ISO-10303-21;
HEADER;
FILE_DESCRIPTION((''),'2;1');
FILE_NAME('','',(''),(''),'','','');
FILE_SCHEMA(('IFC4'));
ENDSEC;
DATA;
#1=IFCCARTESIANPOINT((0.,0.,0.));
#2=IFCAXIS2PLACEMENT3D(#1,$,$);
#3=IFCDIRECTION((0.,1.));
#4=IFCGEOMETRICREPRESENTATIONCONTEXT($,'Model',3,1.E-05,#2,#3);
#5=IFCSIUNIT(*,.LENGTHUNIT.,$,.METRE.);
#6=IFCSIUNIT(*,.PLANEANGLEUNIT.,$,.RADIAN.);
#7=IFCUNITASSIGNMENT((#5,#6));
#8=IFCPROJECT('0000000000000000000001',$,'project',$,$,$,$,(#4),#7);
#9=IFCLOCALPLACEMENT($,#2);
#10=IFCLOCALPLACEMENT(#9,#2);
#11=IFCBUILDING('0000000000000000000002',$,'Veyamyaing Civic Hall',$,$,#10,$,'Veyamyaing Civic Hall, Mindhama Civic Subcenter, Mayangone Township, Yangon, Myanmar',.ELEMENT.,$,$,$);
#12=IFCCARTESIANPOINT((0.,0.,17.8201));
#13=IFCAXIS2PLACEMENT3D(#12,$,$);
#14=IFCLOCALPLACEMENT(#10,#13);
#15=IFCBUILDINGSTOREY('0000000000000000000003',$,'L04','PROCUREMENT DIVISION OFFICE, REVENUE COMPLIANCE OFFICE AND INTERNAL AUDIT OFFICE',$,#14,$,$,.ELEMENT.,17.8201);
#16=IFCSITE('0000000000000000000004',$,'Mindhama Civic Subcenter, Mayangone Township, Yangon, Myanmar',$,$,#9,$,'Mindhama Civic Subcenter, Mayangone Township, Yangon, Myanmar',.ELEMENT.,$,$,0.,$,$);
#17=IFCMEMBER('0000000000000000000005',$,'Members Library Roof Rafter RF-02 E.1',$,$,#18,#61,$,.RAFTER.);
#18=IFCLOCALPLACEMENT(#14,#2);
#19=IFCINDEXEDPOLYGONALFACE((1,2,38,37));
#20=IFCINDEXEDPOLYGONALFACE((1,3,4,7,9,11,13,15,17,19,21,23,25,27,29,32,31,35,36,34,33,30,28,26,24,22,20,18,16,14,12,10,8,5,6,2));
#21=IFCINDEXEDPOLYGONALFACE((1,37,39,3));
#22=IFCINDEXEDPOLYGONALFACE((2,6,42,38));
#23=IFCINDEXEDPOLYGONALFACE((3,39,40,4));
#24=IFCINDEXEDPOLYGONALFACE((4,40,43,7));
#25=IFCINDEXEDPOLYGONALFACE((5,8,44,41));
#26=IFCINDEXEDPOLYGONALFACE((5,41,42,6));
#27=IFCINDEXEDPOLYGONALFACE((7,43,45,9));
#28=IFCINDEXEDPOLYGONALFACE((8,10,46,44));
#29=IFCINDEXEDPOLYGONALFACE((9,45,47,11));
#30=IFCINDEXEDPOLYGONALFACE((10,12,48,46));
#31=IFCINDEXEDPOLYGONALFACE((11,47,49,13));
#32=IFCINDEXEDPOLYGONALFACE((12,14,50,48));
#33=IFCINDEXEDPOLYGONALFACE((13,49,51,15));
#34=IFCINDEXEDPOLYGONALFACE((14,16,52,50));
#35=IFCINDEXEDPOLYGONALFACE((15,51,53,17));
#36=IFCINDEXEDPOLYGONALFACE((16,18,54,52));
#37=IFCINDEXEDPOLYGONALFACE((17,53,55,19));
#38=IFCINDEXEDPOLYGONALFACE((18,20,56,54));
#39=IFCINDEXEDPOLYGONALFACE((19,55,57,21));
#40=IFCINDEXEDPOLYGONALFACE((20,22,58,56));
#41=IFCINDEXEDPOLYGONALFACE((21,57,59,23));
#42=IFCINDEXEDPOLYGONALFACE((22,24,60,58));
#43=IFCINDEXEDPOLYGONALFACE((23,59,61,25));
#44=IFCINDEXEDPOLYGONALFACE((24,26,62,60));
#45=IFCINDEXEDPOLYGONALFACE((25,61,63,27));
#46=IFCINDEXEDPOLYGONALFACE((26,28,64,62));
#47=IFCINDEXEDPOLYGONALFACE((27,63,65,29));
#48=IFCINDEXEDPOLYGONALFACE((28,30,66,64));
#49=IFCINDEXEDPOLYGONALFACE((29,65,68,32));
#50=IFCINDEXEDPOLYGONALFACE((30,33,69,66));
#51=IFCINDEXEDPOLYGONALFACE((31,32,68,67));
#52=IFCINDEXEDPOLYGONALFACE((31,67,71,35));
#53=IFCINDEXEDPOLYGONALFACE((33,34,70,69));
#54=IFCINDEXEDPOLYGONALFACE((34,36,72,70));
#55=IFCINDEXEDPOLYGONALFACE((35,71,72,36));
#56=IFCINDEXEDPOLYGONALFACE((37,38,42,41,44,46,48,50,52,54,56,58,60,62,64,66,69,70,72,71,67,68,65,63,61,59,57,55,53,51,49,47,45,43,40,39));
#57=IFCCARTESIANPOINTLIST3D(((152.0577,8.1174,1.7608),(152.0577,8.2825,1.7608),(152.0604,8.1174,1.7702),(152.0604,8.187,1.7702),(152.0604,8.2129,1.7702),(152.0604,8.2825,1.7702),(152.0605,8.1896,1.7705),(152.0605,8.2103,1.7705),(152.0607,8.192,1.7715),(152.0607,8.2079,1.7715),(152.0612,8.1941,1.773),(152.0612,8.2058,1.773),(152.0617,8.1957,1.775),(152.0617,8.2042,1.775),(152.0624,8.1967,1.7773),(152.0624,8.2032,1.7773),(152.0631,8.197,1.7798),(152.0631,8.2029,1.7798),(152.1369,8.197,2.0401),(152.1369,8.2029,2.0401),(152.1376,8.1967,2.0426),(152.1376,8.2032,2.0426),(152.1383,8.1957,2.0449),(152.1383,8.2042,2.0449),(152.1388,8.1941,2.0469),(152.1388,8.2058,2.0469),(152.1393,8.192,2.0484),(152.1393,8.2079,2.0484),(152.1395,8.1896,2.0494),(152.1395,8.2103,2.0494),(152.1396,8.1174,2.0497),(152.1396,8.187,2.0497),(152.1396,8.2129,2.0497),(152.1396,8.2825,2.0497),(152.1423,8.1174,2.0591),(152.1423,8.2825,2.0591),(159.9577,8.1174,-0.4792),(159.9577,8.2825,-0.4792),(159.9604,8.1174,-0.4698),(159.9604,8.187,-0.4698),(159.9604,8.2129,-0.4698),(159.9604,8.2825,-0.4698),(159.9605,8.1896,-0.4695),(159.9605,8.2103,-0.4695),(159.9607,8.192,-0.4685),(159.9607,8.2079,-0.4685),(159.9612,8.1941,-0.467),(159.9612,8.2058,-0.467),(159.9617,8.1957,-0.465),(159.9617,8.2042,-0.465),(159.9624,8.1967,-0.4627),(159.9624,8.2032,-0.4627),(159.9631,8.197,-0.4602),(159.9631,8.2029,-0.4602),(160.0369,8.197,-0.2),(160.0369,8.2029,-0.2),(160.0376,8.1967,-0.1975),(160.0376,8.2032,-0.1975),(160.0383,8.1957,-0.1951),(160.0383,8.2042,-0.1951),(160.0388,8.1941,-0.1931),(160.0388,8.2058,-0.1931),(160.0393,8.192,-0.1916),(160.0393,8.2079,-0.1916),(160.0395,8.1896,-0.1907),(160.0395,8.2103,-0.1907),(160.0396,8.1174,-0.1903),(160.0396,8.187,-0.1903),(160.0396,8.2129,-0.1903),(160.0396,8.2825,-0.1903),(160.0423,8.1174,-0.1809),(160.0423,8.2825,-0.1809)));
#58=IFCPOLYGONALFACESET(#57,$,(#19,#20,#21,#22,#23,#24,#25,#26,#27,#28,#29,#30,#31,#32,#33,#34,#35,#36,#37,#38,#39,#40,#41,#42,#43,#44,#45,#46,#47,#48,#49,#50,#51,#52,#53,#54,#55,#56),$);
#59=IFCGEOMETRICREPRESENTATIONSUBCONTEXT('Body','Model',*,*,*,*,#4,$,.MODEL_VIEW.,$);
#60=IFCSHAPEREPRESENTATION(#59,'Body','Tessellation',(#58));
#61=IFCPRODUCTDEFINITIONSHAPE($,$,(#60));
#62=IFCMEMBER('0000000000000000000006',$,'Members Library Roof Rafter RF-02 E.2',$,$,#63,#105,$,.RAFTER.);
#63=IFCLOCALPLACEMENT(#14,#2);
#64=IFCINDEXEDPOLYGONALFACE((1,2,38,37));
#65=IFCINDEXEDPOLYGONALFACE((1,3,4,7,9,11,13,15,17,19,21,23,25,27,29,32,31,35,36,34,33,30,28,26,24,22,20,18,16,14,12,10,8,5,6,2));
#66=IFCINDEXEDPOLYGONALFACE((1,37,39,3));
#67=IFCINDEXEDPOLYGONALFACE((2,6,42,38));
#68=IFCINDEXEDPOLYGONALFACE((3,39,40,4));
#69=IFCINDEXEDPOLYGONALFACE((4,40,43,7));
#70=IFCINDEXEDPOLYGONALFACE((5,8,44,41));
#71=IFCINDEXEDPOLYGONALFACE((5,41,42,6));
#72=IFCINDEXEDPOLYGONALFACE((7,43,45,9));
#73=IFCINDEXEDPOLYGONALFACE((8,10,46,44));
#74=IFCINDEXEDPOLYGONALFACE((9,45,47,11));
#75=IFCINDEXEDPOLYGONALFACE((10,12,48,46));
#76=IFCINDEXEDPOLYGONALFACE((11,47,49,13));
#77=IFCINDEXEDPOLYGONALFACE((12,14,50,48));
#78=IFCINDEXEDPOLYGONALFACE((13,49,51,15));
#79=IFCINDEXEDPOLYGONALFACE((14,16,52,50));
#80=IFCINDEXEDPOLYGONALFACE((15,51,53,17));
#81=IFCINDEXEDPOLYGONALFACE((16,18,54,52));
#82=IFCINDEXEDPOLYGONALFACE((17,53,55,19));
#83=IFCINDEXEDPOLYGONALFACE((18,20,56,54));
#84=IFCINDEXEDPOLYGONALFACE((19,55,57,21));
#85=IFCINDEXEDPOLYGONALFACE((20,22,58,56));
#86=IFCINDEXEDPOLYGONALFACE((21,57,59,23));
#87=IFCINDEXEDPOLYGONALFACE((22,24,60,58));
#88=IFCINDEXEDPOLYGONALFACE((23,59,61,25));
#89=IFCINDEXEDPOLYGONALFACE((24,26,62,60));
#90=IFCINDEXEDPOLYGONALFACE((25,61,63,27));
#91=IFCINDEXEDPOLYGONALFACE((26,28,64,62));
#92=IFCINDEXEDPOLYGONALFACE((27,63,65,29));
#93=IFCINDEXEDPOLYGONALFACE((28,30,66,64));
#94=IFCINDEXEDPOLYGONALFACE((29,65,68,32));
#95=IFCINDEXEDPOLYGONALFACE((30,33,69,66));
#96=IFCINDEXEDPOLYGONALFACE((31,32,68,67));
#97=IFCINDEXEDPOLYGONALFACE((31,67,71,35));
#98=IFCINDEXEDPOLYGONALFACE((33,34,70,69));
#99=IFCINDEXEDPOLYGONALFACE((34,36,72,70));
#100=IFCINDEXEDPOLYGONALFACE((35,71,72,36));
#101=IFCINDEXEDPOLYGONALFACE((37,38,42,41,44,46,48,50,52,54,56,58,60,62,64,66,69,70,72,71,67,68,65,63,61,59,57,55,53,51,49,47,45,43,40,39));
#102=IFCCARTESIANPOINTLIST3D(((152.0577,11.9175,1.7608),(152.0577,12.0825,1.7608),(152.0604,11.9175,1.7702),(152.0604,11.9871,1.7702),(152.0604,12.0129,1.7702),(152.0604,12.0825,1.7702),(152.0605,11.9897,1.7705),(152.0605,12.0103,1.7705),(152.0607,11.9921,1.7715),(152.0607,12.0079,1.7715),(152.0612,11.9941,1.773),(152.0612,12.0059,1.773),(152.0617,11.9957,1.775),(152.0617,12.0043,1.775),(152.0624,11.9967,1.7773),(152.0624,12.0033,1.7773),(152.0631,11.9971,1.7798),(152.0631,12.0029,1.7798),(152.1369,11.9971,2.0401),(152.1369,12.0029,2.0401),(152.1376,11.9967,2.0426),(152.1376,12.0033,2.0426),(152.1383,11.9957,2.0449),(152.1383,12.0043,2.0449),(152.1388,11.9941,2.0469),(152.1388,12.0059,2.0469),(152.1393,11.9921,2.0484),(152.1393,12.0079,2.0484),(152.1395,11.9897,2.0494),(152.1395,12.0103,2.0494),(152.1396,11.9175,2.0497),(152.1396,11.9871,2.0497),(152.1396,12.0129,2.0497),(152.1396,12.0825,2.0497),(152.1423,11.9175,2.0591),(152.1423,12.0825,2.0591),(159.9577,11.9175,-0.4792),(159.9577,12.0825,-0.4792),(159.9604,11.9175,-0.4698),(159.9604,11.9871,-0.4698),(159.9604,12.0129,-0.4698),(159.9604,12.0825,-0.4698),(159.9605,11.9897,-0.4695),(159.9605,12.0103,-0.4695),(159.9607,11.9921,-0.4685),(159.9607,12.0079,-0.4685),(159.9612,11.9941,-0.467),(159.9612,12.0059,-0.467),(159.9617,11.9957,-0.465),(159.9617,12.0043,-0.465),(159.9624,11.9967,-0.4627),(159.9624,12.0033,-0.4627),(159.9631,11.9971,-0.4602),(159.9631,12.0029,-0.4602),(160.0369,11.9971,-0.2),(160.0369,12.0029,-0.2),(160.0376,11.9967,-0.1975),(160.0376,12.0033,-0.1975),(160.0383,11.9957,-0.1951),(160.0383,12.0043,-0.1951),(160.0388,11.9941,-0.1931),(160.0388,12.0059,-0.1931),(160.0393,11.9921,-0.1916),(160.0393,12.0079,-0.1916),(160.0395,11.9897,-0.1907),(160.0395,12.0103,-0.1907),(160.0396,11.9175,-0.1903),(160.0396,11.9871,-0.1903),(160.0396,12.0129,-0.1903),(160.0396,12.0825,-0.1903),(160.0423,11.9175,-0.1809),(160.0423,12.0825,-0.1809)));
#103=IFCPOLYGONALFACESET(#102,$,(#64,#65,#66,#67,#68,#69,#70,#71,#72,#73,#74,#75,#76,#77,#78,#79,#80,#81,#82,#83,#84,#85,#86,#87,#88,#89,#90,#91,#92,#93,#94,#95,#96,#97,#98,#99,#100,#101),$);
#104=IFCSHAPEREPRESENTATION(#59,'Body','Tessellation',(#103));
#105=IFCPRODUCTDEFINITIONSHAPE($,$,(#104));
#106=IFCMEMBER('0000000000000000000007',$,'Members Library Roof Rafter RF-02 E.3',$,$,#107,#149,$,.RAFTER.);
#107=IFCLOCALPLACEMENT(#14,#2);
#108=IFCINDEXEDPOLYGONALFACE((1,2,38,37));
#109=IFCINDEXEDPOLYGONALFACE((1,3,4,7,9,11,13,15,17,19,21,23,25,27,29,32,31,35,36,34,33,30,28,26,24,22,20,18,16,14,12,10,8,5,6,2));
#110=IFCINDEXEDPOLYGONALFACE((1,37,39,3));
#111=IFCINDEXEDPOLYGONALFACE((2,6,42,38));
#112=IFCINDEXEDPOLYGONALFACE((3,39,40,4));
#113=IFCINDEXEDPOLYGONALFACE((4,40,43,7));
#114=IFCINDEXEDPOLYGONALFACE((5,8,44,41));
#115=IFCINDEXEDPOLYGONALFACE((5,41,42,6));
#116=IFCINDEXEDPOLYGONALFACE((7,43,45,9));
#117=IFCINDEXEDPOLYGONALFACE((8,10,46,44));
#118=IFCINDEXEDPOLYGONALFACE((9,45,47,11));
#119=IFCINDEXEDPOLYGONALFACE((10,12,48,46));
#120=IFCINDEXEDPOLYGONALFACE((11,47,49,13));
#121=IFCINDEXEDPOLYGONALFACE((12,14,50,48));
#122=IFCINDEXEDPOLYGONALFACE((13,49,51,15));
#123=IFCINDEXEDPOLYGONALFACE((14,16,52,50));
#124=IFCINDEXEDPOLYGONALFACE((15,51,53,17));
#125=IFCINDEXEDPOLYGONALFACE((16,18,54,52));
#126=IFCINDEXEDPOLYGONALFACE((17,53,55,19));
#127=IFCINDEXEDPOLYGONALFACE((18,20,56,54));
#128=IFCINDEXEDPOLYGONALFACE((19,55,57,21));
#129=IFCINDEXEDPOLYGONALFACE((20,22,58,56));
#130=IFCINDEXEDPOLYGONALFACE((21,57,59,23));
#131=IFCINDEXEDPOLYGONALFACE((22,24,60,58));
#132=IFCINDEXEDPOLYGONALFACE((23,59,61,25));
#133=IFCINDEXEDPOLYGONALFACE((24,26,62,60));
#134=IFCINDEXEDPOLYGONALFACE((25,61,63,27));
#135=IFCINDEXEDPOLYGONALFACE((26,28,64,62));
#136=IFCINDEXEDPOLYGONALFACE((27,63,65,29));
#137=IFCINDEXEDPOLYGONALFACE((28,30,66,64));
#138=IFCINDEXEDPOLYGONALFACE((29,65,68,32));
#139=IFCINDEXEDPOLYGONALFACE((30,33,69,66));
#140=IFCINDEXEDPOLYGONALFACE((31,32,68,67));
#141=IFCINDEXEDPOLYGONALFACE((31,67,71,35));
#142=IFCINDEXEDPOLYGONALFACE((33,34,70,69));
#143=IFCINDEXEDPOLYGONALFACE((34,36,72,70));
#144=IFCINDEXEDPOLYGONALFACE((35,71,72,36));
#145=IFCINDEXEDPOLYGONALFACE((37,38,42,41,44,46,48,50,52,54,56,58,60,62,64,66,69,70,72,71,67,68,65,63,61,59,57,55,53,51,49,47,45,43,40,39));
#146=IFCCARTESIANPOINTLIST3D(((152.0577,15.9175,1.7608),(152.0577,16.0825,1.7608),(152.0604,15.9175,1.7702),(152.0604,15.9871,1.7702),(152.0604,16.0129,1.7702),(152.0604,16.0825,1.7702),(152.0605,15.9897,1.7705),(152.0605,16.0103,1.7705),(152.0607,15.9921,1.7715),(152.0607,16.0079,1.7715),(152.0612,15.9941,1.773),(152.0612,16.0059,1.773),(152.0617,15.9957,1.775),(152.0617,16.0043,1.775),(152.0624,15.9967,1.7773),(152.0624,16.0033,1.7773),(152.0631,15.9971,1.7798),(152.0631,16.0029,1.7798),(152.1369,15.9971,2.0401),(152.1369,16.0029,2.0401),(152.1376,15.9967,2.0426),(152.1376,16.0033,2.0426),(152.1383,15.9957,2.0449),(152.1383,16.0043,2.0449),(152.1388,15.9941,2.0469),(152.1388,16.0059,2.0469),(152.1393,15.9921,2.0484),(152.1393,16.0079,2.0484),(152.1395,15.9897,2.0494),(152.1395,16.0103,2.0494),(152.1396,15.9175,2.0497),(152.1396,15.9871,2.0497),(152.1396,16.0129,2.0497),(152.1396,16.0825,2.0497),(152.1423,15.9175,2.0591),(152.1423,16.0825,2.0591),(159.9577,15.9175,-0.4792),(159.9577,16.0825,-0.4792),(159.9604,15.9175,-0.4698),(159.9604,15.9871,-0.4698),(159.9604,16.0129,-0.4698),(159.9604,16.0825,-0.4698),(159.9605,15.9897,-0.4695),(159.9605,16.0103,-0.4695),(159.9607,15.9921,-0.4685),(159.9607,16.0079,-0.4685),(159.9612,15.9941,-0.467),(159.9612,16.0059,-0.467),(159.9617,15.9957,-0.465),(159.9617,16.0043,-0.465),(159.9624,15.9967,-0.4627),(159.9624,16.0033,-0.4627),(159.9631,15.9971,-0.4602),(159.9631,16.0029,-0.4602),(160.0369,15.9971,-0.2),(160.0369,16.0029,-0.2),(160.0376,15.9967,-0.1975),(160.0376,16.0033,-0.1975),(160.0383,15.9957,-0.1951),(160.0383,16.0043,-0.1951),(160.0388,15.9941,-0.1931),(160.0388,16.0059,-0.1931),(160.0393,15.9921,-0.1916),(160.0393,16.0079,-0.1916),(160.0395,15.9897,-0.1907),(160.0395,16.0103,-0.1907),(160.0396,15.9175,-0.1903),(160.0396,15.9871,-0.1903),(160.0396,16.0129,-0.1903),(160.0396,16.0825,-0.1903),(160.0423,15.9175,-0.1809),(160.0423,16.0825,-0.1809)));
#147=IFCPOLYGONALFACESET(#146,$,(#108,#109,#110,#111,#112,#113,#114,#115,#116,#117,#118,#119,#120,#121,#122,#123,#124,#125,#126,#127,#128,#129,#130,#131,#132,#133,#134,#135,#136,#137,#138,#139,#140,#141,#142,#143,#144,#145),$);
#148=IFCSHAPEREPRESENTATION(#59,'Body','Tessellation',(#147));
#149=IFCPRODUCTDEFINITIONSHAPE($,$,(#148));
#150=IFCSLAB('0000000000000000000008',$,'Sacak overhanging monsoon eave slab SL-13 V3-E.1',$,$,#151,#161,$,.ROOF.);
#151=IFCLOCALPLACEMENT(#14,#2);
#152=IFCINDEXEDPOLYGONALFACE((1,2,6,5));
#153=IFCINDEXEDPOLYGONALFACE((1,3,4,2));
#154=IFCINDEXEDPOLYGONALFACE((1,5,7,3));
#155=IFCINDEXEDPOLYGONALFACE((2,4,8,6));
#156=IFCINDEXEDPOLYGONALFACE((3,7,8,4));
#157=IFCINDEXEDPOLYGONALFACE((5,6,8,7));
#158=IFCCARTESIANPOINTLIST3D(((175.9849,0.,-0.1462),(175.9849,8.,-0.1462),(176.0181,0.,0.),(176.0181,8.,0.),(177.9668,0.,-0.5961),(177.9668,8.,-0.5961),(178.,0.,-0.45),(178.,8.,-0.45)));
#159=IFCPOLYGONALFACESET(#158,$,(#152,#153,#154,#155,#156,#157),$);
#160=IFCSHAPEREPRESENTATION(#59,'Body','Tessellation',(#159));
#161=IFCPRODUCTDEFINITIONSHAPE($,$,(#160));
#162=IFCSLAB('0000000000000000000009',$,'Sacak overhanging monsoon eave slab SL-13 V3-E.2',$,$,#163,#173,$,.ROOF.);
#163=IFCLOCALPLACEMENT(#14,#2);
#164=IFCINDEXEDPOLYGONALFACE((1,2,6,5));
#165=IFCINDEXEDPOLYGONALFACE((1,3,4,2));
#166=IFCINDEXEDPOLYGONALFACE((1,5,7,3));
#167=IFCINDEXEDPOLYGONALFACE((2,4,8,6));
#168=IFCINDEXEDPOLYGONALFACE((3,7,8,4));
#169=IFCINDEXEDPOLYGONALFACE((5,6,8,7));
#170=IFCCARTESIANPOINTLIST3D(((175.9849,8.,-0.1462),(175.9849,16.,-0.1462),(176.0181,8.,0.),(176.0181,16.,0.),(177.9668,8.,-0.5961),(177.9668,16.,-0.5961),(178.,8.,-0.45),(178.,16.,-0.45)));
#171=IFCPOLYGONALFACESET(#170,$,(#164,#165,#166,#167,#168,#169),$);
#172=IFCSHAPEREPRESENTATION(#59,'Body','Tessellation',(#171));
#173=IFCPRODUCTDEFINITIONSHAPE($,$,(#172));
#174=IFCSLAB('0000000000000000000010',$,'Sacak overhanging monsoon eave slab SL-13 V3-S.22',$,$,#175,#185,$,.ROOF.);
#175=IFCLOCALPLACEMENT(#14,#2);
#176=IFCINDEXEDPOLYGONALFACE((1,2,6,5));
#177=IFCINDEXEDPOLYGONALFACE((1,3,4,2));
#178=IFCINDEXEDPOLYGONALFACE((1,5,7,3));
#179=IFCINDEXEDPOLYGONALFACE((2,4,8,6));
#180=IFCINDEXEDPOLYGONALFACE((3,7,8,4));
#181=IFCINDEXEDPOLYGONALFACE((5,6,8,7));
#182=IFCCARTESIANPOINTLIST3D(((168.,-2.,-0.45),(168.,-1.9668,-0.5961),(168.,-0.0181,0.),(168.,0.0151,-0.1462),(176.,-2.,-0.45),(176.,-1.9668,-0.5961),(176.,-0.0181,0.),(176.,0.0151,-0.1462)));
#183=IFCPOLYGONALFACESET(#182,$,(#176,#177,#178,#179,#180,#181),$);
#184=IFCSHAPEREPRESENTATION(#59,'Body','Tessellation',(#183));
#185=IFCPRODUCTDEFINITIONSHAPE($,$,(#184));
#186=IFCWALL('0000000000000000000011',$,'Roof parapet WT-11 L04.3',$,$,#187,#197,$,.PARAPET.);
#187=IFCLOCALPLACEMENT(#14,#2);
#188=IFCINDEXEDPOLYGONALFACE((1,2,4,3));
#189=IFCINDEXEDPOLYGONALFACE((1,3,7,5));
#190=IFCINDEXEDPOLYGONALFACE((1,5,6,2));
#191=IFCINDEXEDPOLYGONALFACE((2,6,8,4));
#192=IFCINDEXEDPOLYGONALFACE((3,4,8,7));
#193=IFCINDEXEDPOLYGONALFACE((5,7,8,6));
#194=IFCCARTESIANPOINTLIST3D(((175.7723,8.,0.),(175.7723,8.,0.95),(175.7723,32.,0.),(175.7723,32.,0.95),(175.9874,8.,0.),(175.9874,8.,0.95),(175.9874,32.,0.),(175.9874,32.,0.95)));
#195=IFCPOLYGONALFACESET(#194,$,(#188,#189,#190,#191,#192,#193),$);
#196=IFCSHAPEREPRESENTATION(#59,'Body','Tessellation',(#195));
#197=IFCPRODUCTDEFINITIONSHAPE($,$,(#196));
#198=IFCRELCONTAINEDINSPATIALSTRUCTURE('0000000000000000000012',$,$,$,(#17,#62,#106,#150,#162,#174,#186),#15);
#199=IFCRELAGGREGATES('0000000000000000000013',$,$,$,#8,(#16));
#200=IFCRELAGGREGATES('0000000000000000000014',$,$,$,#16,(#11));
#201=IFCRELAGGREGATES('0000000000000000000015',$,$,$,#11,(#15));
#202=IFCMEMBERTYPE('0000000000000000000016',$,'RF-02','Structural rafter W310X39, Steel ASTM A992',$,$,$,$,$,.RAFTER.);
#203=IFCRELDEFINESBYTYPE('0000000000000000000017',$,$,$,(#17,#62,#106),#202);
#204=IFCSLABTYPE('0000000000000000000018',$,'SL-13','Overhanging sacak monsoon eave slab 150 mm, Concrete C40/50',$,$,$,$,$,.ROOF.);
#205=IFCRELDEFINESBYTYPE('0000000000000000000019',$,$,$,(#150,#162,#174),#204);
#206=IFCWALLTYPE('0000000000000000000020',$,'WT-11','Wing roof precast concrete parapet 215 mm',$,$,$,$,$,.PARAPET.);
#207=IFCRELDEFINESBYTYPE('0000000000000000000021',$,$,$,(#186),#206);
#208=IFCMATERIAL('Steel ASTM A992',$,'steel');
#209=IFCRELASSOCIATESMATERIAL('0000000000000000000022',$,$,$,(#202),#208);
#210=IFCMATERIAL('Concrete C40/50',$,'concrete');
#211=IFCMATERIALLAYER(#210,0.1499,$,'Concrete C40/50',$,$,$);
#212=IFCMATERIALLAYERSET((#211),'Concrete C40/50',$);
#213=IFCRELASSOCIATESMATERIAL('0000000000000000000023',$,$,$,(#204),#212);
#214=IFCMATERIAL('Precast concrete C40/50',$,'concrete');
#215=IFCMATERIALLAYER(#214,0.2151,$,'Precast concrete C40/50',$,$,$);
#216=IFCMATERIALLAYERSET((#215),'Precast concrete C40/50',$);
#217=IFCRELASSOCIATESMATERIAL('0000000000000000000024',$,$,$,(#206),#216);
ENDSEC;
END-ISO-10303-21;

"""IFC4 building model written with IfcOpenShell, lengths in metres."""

from ifc_helpers import new_model, si_unit, direction, frame, frame_2d, origin, origin_2d, place, context, subcontext, project, spatial, polyline, rectangle, i_section, outline, extrude, material, layer, layer_set, material_profile, profile_set, type_object, element, save


model = new_model("IFC4")

# Units and contexts
model_context = context("Model", 3, precision=1e-05, world=origin(), true_north=direction((0.0, 1.0)))
body_context = subcontext(model_context, "Body", "Model", "MODEL_VIEW")
ifc_project = project(units=[si_unit("LENGTHUNIT", "METRE"), si_unit("PLANEANGLEUNIT", "RADIAN")], contexts=[model_context])

# Site, building, storey
site_placement = place(None, origin())
site = spatial("IfcSite", under=ifc_project, at=site_placement, Name="Mindhama Civic Subcenter, Mayangone Township, Yangon, Myanmar", LongName="Mindhama Civic Subcenter, Mayangone Township, Yangon, Myanmar", CompositionType="ELEMENT", RefElevation=0.0)
building_placement = place(site_placement, origin())
building = spatial("IfcBuilding", under=site, at=building_placement, Name="Veyamyaing Civic Hall", LongName="Veyamyaing Civic Hall, Mindhama Civic Subcenter, Mayangone Township, Yangon, Myanmar", CompositionType="ELEMENT")
storey_placement = place(building_placement, frame((0.0, 0.0, 17.8201)))
storey = spatial("IfcBuildingStorey", under=building, at=storey_placement, Name="L04", Description="PROCUREMENT DIVISION OFFICE, REVENUE COMPLIANCE OFFICE AND INTERNAL AUDIT OFFICE", CompositionType="ELEMENT", Elevation=17.8201)

# Shared definitions
ifc_material_1 = material(Name="Steel ASTM A992", Category="steel")

# Members
ifc_material_profile_1 = material_profile(ifc_material_1, i_section(OverallWidth=0.165, OverallDepth=0.3101, WebThickness=0.0059, FlangeThickness=0.0098, FilletRadius=0.01, at=origin_2d()), Name="W310X39")
ifc_profile_set_1 = profile_set([ifc_material_profile_1], Name="Steel ASTM A992")
member_type = type_object("IfcMemberType", Name="RF-02", Description="Structural rafter W310X39, Steel ASTM A992", PredefinedType="RAFTER", material=ifc_profile_set_1)
for number, where, z_axis, x_axis, name in (
    (1, (160.0, 8.2, -0.3301), (-0.962073, 0.0, 0.272792), (0.0, -1.0, 0.0), "Members Library Roof Rafter RF-02 E.1"),
    (2, (160.0, 12.0, -0.3301), (-0.962073, 0.0, 0.272792), (0.0, -1.0, 0.0), "Members Library Roof Rafter RF-02 E.2"),
    (3, (160.0, 16.0, -0.3301), (-0.962073, 0.0, 0.272792), (0.0, -1.0, 0.0), "Members Library Roof Rafter RF-02 E.3"),
):
    element("IfcMember", number, at=place(storey_placement, frame(where, z_axis=z_axis, x_axis=x_axis)), inside=storey, type_object=member_type, Name=name, PredefinedType="RAFTER", context=body_context, shape_type="SweptSolid", body=[
        extrude(i_section(OverallWidth=0.165, OverallDepth=0.3101, WebThickness=0.0059, FlangeThickness=0.0098, FilletRadius=0.01, at=origin_2d()), origin(), (0.0, 0.0, 1.0), 8.2114),
    ])

# Slabs
ifc_material_2 = material(Name="Concrete C40/50", Category="concrete")
ifc_layer_1 = layer(ifc_material_2, 0.1499, Name="Concrete C40/50")
ifc_layer_set_1 = layer_set([ifc_layer_1], Name="Concrete C40/50")
slab_type = type_object("IfcSlabType", Name="SL-13", Description="Overhanging sacak monsoon eave slab 150 mm, Concrete C40/50", PredefinedType="ROOF", material=ifc_layer_set_1)
for number, where, z_axis, x_axis, name in (
    (4, (176.0181, 0.0, 0.0), (0.221393, 0.0, 0.975185), (0.975185, 0.0, -0.221393), "Sacak overhanging monsoon eave slab SL-13 V3-E.1"),
    (5, (176.0181, 8.0, 0.0), (0.221393, 0.0, 0.975185), (0.975185, 0.0, -0.221393), "Sacak overhanging monsoon eave slab SL-13 V3-E.2"),
):
    element("IfcSlab", number, at=place(storey_placement, frame(where, z_axis=z_axis, x_axis=x_axis)), inside=storey, type_object=slab_type, Name=name, PredefinedType="ROOF", context=body_context, shape_type="SweptSolid", body=[
        extrude(outline(polyline([(0.0, 0.0), (2.0324, 0.0), (2.0324, 8.0), (0.0, 8.0), (0.0, 0.0)])), origin(), (0.0, 0.0, -1.0), 0.1499),
    ])
slab_placement = place(storey_placement, frame((168.0, -2.0, -0.45), z_axis=(0.0, -0.221393, 0.975185), x_axis=(1.0, 0.0, 0.0)))
element("IfcSlab", 6, at=slab_placement, inside=storey, type_object=slab_type, Name="Sacak overhanging monsoon eave slab SL-13 V3-S.22", PredefinedType="ROOF", context=body_context, shape_type="SweptSolid", body=[
    extrude(outline(polyline([(0.0, 0.0), (8.0, 0.0), (8.0, 2.0324), (0.0, 2.0324), (0.0, 0.0)])), origin(), (0.0, 0.0, -1.0), 0.1499),
])

# Wall
ifc_material_3 = material(Name="Precast concrete C40/50", Category="concrete")
ifc_layer_2 = layer(ifc_material_3, 0.2151, Name="Precast concrete C40/50")
ifc_layer_set_2 = layer_set([ifc_layer_2], Name="Precast concrete C40/50")
wall_type = type_object("IfcWallType", Name="WT-11", Description="Wing roof precast concrete parapet 215 mm", PredefinedType="PARAPET", material=ifc_layer_set_2)
wall_placement = place(storey_placement, frame((175.8799, 8.0, 0.0), z_axis=(0.0, 0.0, 1.0), x_axis=(0.0, 1.0, 0.0)))
element("IfcWall", 7, at=wall_placement, inside=storey, type_object=wall_type, Name="Roof parapet WT-11 L04.3", PredefinedType="PARAPET", context=body_context, shape_type="SweptSolid", body=[
    extrude(rectangle(XDim=24.0, YDim=0.2151, at=frame_2d((12.0, 0.0))), origin(), (0.0, 0.0, 1.0), 0.95),
])

save(model, "model.ifc")
